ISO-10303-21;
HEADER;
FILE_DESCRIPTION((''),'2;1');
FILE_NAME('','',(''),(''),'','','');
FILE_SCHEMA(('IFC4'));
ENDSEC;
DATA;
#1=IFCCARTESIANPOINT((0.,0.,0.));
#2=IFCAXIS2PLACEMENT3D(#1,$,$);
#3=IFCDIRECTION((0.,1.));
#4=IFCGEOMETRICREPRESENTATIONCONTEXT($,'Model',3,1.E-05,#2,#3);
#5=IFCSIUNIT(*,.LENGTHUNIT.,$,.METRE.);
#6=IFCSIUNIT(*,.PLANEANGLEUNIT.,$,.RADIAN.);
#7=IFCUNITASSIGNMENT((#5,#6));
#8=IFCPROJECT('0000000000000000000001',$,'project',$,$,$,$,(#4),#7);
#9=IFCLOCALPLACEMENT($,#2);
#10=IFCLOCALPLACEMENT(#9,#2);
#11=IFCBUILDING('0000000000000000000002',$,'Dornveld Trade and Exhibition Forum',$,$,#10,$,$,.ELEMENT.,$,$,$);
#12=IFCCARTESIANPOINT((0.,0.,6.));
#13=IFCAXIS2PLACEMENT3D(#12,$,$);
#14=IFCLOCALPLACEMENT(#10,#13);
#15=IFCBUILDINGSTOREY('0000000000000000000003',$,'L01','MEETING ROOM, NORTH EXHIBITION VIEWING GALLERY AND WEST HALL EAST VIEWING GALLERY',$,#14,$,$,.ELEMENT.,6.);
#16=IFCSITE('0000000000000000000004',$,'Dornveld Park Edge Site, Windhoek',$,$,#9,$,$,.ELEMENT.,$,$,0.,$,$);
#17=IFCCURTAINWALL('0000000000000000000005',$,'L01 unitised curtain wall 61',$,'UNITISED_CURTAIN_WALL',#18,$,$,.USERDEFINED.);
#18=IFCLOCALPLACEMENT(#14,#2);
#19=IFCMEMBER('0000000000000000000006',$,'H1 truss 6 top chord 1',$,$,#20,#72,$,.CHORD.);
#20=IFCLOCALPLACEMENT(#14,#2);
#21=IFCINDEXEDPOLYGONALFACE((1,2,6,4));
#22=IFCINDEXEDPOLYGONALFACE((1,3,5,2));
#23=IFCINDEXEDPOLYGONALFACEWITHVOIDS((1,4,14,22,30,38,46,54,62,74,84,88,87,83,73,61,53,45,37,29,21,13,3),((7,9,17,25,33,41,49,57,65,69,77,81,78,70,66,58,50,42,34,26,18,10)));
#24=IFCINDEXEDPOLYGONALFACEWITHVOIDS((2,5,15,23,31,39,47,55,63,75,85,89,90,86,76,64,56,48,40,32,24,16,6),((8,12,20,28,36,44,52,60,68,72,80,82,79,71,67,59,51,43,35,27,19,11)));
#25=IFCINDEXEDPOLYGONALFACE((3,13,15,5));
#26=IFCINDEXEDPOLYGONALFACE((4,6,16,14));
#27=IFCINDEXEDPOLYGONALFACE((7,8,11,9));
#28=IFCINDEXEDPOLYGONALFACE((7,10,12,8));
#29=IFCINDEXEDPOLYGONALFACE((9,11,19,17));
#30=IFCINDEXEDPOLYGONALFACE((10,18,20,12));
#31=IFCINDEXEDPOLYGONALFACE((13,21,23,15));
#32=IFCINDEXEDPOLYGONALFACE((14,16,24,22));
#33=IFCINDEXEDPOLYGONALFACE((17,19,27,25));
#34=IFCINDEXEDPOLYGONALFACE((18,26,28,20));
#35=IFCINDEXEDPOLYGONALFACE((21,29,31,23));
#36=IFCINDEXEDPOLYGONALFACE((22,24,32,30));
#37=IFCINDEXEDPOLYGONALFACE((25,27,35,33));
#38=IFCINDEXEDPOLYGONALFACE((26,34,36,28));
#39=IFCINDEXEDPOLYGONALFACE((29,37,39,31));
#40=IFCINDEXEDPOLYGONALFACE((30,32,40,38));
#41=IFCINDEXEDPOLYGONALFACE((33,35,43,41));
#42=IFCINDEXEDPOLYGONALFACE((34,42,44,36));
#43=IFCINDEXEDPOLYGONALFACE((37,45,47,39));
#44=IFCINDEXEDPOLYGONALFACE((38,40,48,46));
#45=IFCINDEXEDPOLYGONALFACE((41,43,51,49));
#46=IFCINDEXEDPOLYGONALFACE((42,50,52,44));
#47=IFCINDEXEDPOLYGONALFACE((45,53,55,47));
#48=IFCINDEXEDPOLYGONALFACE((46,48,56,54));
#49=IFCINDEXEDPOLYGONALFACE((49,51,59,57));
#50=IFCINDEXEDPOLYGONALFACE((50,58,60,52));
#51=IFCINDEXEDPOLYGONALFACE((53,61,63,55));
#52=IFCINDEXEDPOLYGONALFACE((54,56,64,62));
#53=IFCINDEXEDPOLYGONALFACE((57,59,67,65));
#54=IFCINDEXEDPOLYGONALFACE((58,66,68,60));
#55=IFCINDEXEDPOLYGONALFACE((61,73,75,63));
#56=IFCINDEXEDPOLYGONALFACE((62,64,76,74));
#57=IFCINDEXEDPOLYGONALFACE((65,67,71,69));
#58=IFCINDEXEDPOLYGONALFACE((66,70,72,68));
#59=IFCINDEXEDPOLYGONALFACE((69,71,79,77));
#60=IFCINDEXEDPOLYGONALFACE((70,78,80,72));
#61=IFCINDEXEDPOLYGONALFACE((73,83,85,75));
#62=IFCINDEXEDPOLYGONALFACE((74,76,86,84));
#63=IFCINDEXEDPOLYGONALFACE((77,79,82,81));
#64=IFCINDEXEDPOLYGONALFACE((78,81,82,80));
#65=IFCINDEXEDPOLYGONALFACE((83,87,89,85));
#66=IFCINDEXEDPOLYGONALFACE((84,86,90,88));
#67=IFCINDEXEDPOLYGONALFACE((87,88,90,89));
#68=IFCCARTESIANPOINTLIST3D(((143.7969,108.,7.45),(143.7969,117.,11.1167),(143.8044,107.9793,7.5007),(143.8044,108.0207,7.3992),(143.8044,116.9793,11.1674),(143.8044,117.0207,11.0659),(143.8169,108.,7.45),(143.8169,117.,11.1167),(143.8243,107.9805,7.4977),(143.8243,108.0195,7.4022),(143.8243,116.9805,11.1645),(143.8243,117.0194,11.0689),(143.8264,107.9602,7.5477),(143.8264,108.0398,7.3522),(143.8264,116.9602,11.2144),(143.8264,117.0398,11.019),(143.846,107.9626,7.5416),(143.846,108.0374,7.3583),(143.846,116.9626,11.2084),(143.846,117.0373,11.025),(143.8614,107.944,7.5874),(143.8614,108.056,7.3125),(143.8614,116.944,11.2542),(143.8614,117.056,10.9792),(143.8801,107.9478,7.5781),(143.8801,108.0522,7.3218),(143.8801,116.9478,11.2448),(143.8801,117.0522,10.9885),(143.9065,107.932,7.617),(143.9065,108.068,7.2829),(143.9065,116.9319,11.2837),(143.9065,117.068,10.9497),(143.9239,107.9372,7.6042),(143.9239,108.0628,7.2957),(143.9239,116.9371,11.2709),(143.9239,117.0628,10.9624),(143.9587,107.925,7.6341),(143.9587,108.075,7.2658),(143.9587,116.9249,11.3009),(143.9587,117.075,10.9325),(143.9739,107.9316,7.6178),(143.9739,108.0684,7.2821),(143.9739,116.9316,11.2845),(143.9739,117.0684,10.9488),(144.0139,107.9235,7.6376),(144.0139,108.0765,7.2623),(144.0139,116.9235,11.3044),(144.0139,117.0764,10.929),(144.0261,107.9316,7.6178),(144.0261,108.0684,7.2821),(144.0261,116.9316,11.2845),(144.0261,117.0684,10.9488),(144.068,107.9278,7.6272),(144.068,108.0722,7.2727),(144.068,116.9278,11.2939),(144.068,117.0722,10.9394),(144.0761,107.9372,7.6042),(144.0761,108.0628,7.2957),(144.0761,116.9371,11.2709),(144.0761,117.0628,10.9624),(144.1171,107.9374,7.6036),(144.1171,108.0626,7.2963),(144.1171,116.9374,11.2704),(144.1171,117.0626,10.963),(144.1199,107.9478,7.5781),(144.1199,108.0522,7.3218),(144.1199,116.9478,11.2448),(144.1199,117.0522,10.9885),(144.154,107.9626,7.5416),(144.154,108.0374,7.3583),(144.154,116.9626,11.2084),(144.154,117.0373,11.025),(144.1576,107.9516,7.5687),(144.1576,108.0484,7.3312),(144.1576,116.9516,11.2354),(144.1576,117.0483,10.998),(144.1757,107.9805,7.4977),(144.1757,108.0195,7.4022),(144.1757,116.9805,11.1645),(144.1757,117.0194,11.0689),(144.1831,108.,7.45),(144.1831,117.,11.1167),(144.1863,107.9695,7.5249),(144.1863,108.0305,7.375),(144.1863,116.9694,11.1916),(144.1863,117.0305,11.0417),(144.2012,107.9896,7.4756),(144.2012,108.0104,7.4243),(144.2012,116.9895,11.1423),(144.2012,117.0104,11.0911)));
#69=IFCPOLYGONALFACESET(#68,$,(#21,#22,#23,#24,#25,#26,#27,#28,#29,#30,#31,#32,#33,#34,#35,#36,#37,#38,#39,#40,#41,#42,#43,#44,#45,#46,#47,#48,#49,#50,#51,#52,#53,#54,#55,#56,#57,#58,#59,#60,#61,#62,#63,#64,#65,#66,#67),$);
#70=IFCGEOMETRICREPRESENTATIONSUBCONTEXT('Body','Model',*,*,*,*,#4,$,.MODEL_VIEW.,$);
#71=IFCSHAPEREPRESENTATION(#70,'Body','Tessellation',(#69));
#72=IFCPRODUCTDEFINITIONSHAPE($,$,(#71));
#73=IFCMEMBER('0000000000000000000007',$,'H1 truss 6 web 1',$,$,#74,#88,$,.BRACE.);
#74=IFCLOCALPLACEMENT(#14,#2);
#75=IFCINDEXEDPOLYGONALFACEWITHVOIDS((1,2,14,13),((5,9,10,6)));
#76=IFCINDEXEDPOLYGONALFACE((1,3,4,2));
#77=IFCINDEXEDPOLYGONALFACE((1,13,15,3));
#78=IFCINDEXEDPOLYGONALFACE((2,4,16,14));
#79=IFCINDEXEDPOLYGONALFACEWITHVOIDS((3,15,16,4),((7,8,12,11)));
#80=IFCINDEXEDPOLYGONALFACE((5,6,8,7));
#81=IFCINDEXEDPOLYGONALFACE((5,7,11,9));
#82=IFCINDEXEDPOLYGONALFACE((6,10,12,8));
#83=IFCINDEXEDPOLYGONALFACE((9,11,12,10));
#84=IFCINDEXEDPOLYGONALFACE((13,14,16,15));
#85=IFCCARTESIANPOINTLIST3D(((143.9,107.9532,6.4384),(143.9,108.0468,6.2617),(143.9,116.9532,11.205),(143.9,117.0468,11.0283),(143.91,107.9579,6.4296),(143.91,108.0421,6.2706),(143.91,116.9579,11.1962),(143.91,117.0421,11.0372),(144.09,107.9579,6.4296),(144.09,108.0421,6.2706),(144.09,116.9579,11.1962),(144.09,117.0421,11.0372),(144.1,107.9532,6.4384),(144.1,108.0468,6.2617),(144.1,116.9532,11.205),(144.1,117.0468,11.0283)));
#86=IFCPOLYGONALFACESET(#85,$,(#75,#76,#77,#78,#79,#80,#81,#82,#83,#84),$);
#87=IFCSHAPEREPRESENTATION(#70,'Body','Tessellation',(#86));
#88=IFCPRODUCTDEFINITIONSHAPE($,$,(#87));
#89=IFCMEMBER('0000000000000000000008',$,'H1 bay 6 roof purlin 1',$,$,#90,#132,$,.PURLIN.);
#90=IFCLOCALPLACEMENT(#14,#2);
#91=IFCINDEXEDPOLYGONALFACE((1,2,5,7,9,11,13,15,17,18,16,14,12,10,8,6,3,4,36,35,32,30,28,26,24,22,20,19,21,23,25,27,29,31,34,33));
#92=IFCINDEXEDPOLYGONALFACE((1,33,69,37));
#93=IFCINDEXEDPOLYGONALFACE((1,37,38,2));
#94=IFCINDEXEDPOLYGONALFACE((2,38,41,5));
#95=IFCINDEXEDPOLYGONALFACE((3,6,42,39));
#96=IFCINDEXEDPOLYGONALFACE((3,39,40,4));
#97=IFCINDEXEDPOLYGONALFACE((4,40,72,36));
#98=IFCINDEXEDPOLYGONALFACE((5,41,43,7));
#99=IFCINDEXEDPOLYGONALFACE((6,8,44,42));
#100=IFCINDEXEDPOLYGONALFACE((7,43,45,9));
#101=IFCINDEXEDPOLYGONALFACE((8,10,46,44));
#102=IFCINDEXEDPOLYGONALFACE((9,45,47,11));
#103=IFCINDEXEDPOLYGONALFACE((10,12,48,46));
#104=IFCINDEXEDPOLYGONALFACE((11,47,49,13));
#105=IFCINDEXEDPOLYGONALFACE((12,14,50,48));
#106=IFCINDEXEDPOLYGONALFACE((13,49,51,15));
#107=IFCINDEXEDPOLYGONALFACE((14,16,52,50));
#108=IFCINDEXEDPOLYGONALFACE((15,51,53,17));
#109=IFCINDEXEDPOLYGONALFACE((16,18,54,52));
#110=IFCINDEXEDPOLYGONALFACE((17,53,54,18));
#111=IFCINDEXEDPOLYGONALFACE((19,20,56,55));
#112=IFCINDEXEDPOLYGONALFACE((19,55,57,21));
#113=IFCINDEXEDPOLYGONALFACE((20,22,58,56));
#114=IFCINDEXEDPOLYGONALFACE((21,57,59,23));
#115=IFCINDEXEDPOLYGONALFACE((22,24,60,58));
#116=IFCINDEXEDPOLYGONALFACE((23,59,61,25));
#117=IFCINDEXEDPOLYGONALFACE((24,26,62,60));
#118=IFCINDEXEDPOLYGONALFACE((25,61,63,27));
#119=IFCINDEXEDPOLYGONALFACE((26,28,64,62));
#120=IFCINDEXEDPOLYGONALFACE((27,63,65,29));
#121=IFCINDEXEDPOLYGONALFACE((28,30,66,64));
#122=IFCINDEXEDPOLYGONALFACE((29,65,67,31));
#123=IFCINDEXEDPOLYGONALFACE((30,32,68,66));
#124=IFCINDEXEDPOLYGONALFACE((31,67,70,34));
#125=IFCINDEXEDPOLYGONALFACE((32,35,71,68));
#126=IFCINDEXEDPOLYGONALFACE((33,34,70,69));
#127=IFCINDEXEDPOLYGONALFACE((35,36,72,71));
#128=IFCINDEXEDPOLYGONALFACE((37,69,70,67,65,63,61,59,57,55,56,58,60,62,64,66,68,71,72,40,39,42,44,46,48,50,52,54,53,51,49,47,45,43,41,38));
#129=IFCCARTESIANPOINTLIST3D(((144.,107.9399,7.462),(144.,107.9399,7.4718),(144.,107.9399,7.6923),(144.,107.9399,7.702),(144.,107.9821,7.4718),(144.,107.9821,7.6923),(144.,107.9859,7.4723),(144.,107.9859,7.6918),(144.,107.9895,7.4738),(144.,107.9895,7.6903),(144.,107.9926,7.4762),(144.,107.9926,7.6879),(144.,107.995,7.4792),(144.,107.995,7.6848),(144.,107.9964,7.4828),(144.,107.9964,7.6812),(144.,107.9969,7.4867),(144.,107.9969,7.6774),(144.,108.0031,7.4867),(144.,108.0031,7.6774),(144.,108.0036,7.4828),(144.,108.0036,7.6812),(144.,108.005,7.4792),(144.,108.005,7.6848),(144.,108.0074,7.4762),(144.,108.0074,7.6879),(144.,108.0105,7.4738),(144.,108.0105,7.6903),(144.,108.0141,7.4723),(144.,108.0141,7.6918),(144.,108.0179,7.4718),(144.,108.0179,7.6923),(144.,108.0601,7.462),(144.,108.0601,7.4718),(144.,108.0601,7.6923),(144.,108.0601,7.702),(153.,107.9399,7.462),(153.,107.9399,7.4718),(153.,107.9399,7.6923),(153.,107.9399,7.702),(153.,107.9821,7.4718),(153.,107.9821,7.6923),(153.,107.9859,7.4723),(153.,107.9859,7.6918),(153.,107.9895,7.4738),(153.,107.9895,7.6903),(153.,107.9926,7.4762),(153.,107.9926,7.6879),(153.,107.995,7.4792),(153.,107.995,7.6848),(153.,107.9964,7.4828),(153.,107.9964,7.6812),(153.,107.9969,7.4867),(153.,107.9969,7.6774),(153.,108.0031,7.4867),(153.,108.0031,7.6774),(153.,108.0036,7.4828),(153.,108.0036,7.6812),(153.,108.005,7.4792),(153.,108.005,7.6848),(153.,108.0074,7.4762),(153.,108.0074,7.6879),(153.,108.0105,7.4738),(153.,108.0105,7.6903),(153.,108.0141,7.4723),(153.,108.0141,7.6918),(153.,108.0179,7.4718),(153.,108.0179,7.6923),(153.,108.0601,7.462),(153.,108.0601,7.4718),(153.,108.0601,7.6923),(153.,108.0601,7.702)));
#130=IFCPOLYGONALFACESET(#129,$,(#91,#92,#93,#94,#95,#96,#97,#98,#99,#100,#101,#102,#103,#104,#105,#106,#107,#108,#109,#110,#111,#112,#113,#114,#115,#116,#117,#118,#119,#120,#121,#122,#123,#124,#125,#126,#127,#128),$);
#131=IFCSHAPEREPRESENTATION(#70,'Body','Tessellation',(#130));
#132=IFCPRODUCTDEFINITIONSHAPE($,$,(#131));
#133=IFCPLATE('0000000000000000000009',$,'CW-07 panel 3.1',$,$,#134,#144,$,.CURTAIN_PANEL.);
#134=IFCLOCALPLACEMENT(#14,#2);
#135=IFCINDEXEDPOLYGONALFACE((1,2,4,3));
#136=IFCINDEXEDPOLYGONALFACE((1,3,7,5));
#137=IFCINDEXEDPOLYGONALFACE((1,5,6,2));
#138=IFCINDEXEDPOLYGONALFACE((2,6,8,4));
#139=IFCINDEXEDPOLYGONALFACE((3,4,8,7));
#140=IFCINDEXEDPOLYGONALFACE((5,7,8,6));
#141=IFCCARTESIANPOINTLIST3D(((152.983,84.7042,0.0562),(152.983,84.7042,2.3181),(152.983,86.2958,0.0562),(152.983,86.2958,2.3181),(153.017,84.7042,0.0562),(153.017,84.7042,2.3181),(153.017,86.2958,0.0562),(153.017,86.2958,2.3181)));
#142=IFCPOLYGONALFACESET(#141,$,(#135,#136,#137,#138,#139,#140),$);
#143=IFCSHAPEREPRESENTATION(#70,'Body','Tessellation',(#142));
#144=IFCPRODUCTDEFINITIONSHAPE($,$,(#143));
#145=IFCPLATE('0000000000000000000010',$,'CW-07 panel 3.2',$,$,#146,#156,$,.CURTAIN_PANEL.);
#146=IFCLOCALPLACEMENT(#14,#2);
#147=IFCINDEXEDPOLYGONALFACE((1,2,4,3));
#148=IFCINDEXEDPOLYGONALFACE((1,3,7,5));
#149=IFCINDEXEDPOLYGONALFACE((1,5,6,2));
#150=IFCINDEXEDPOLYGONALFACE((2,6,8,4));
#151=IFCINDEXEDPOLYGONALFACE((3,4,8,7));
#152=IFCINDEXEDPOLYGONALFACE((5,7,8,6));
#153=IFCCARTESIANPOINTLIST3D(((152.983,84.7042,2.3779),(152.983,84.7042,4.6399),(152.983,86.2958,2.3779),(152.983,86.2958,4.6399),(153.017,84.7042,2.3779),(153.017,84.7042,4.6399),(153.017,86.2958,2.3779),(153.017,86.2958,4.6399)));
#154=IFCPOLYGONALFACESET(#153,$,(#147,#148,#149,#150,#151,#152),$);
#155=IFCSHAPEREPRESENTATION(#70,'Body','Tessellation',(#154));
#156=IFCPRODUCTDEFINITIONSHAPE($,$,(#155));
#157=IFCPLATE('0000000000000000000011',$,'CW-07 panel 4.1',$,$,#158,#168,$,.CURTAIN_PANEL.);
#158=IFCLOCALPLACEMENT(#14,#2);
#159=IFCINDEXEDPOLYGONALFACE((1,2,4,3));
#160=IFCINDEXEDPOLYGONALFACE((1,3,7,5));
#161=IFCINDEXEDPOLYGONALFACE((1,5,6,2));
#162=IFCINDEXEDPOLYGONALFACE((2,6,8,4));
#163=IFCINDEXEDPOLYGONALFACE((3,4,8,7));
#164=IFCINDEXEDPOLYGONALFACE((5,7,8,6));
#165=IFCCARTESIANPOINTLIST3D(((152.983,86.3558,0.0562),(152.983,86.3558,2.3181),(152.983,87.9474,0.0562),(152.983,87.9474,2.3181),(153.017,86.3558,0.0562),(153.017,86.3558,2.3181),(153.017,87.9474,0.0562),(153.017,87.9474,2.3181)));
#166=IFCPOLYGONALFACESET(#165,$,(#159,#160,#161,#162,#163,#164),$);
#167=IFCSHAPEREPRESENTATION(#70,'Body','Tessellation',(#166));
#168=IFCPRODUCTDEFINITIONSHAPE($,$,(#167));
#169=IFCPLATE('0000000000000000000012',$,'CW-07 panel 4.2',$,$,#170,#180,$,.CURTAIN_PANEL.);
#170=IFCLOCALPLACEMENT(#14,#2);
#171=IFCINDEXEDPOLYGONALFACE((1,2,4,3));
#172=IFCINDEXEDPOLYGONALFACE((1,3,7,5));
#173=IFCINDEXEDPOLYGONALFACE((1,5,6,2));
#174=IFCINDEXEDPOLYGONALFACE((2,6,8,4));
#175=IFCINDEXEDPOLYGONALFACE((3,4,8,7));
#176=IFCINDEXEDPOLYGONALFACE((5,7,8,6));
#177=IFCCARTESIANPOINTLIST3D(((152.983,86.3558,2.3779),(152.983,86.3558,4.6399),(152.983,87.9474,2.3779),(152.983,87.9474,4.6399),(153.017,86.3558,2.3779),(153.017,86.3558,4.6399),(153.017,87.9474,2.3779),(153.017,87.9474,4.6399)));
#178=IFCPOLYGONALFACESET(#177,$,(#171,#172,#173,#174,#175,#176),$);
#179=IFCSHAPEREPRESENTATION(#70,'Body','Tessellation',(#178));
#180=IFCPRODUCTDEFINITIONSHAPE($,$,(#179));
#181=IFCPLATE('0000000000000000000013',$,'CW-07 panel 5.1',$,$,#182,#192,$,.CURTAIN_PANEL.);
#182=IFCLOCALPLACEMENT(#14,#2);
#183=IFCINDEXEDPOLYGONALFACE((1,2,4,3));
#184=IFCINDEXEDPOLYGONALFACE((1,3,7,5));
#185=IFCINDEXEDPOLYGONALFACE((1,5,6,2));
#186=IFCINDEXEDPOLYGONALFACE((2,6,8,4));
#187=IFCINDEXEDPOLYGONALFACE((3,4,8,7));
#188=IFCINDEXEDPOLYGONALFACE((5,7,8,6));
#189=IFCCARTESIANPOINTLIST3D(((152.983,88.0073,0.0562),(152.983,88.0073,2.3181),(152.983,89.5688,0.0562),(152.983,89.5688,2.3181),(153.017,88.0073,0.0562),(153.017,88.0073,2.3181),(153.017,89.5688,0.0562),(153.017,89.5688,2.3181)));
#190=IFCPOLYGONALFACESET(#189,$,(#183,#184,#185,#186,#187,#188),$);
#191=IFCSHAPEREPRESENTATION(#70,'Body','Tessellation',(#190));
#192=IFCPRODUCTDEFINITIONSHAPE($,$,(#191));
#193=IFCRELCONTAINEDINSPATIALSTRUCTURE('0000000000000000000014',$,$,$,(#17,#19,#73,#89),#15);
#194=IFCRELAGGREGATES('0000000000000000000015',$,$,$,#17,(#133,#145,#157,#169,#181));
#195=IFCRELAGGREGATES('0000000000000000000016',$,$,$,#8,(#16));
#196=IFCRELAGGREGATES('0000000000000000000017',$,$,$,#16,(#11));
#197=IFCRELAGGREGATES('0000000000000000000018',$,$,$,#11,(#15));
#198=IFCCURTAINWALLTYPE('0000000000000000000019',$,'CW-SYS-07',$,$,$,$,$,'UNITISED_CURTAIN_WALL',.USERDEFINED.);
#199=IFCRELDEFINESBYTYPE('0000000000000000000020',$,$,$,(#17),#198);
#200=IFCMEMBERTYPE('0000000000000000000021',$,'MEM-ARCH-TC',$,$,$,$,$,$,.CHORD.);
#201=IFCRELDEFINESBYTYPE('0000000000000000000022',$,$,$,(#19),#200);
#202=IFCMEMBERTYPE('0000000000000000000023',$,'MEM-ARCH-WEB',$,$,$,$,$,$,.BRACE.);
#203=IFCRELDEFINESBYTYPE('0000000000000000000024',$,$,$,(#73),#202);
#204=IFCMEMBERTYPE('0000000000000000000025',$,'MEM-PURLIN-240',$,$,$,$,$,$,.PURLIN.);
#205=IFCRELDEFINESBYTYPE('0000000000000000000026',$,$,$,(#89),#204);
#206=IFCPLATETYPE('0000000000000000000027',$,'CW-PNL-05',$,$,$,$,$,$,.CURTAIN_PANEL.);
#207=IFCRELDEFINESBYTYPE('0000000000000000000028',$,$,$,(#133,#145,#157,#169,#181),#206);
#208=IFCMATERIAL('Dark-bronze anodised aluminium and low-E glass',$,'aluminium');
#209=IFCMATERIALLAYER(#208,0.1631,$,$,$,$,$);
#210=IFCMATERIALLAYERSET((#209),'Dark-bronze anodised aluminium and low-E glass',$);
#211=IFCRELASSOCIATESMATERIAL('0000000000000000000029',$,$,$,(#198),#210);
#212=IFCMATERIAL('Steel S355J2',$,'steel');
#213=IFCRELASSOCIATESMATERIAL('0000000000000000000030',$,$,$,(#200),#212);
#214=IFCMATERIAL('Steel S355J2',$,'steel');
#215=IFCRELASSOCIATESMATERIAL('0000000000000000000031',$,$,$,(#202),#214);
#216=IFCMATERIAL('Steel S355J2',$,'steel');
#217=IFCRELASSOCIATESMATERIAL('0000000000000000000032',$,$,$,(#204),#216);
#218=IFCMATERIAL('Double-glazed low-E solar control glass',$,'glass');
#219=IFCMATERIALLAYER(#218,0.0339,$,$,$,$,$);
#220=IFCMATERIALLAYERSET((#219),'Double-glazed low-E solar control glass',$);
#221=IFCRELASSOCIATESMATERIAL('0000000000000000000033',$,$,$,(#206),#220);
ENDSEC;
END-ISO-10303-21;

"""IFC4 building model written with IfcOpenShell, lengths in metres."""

from ifc_helpers import new_model, si_unit, direction, frame, origin, origin_2d, place, context, subcontext, project, spatial, rectangle, hollow_rectangle, hollow_circle, i_section, extrude, material, layer, layer_set, material_profile, profile_set, type_object, element, aggregate, save


model = new_model("IFC4")

# Units and contexts
model_context = context("Model", 3, precision=1e-05, world=origin(), true_north=direction((0.0, 1.0)))
body_context = subcontext(model_context, "Body", "Model", "MODEL_VIEW")
ifc_project = project(units=[si_unit("LENGTHUNIT", "METRE"), si_unit("PLANEANGLEUNIT", "RADIAN")], contexts=[model_context])

# Site, building, storey
site_placement = place(None, origin())
site = spatial("IfcSite", under=ifc_project, at=site_placement, Name="Dornveld Park Edge Site, Windhoek", CompositionType="ELEMENT", RefElevation=0.0)
building_placement = place(site_placement, origin())
building = spatial("IfcBuilding", under=site, at=building_placement, Name="Dornveld Trade and Exhibition Forum", CompositionType="ELEMENT")
storey_placement = place(building_placement, frame((0.0, 0.0, 6.0)))
storey = spatial("IfcBuildingStorey", under=building, at=storey_placement, Name="L01", Description="MEETING ROOM, NORTH EXHIBITION VIEWING GALLERY AND WEST HALL EAST VIEWING GALLERY", CompositionType="ELEMENT", Elevation=6.0)

# Curtain wall
ifc_material_1 = material(Name="Dark-bronze anodised aluminium and low-E glass", Category="aluminium")
ifc_layer_1 = layer(ifc_material_1, 0.1631)
ifc_layer_set_1 = layer_set([ifc_layer_1], Name="Dark-bronze anodised aluminium and low-E glass")
curtain_wall_type = type_object("IfcCurtainWallType", Name="CW-SYS-07", ElementType="UNITISED_CURTAIN_WALL", PredefinedType="USERDEFINED", material=ifc_layer_set_1)
curtain_wall_placement = place(storey_placement, origin())
curtain_wall = element("IfcCurtainWall", 1, at=curtain_wall_placement, inside=storey, type_object=curtain_wall_type, Name="L01 unitised curtain wall 61", ObjectType="UNITISED_CURTAIN_WALL", PredefinedType="USERDEFINED")

# Members
ifc_material_2 = material(Name="Steel S355J2", Category="steel")
ifc_material_profile_1 = material_profile(ifc_material_2, hollow_circle(Radius=0.2031, WallThickness=0.02, at=origin_2d()), Name="CHS 406.4x20")
ifc_profile_set_1 = profile_set([ifc_material_profile_1], Name="Steel S355J2")
member_type_1 = type_object("IfcMemberType", Name="MEM-ARCH-TC", PredefinedType="CHORD", material=ifc_profile_set_1)
member_1_placement = place(storey_placement, frame((144.0, 108.0, 7.45), z_axis=(0.0, 0.926089, 0.377304), x_axis=(-1.0, 0.0, 0.0)))
element("IfcMember", 2, at=member_1_placement, inside=storey, type_object=member_type_1, Name="H1 truss 6 top chord 1", PredefinedType="CHORD", context=body_context, shape_type="SweptSolid", body=[
    extrude(hollow_circle(Radius=0.2031, WallThickness=0.02, at=origin_2d()), origin(), (0.0, 0.0, 1.0), 9.7183),
])
ifc_material_3 = material(Name="Steel S355J2", Category="steel")
ifc_material_profile_2 = material_profile(ifc_material_3, hollow_rectangle(XDim=0.2, YDim=0.2, WallThickness=0.01, at=origin_2d()), Name="SHS 200x200x10")
ifc_profile_set_2 = profile_set([ifc_material_profile_2], Name="Steel S355J2")
member_type_2 = type_object("IfcMemberType", Name="MEM-ARCH-WEB", PredefinedType="BRACE", material=ifc_profile_set_2)
member_2_placement = place(storey_placement, frame((144.0, 108.0, 6.3501), z_axis=(0.0, 0.883711, 0.468033), x_axis=(-1.0, 0.0, 0.0)))
element("IfcMember", 3, at=member_2_placement, inside=storey, type_object=member_type_2, Name="H1 truss 6 web 1", PredefinedType="BRACE", context=body_context, shape_type="SweptSolid", body=[
    extrude(hollow_rectangle(XDim=0.2, YDim=0.2, WallThickness=0.01, at=origin_2d()), origin(), (0.0, 0.0, 1.0), 10.1843),
])
ifc_material_4 = material(Name="Steel S355J2", Category="steel")
ifc_material_profile_3 = material_profile(ifc_material_4, i_section(OverallWidth=0.1201, OverallDepth=0.24, WebThickness=0.0061, FlangeThickness=0.0098, FilletRadius=0.0149, at=origin_2d()), Name="IPE 240")
ifc_profile_set_3 = profile_set([ifc_material_profile_3], Name="Steel S355J2")
member_type_3 = type_object("IfcMemberType", Name="MEM-PURLIN-240", PredefinedType="PURLIN", material=ifc_profile_set_3)
member_3_placement = place(storey_placement, frame((144.0, 108.0, 7.582), z_axis=(1.0, 0.0, 0.0), x_axis=(0.0, 1.0, 0.0)))
element("IfcMember", 4, at=member_3_placement, inside=storey, type_object=member_type_3, Name="H1 bay 6 roof purlin 1", PredefinedType="PURLIN", context=body_context, shape_type="SweptSolid", body=[
    extrude(i_section(OverallWidth=0.1201, OverallDepth=0.24, WebThickness=0.0061, FlangeThickness=0.0098, FilletRadius=0.0149, at=origin_2d()), origin(), (0.0, 0.0, 1.0), 9.0),
])

# Plates
ifc_material_5 = material(Name="Double-glazed low-E solar control glass", Category="glass")
ifc_layer_2 = layer(ifc_material_5, 0.0339)
ifc_layer_set_2 = layer_set([ifc_layer_2], Name="Double-glazed low-E solar control glass")
plate_type_1 = type_object("IfcPlateType", Name="CW-PNL-05", PredefinedType="CURTAIN_PANEL", material=ifc_layer_set_2)
plate_1_placement = place(storey_placement, frame((153.0, 85.5, 0.0562), z_axis=(0.0, 0.0, 1.0), x_axis=(0.0, 1.0, 0.0)))
plate_1 = element("IfcPlate", 5, at=plate_1_placement, type_object=plate_type_1, Name="CW-07 panel 3.1", PredefinedType="CURTAIN_PANEL", context=body_context, shape_type="SweptSolid", body=[
    extrude(rectangle(XDim=1.5916, YDim=0.0339, at=origin_2d()), origin(), (0.0, 0.0, 1.0), 2.262),
])
plate_2_placement = place(storey_placement, frame((153.0, 85.5, 2.3779), z_axis=(0.0, 0.0, 1.0), x_axis=(0.0, 1.0, 0.0)))
plate_2 = element("IfcPlate", 6, at=plate_2_placement, type_object=plate_type_1, Name="CW-07 panel 3.2", PredefinedType="CURTAIN_PANEL", context=body_context, shape_type="SweptSolid", body=[
    extrude(rectangle(XDim=1.5916, YDim=0.0339, at=origin_2d()), origin(), (0.0, 0.0, 1.0), 2.262),
])
plate_3_placement = place(storey_placement, frame((153.0, 87.1516, 0.0562), z_axis=(0.0, 0.0, 1.0), x_axis=(0.0, 1.0, 0.0)))
plate_3 = element("IfcPlate", 7, at=plate_3_placement, type_object=plate_type_1, Name="CW-07 panel 4.1", PredefinedType="CURTAIN_PANEL", context=body_context, shape_type="SweptSolid", body=[
    extrude(rectangle(XDim=1.5916, YDim=0.0339, at=origin_2d()), origin(), (0.0, 0.0, 1.0), 2.262),
])
plate_4_placement = place(storey_placement, frame((153.0, 87.1516, 2.3779), z_axis=(0.0, 0.0, 1.0), x_axis=(0.0, 1.0, 0.0)))
plate_4 = element("IfcPlate", 8, at=plate_4_placement, type_object=plate_type_1, Name="CW-07 panel 4.2", PredefinedType="CURTAIN_PANEL", context=body_context, shape_type="SweptSolid", body=[
    extrude(rectangle(XDim=1.5916, YDim=0.0339, at=origin_2d()), origin(), (0.0, 0.0, 1.0), 2.262),
])
plate_5_placement = place(storey_placement, frame((153.0, 88.7881, 0.0562), z_axis=(0.0, 0.0, 1.0), x_axis=(0.0, 1.0, 0.0)))
plate_5 = element("IfcPlate", 9, at=plate_5_placement, type_object=plate_type_1, Name="CW-07 panel 5.1", PredefinedType="CURTAIN_PANEL", context=body_context, shape_type="SweptSolid", body=[
    extrude(rectangle(XDim=1.5615, YDim=0.0339, at=origin_2d()), origin(), (0.0, 0.0, 1.0), 2.262),
])
aggregate(curtain_wall, [plate_1, plate_2, plate_3, plate_4, plate_5])

save(model, "model.ifc")
